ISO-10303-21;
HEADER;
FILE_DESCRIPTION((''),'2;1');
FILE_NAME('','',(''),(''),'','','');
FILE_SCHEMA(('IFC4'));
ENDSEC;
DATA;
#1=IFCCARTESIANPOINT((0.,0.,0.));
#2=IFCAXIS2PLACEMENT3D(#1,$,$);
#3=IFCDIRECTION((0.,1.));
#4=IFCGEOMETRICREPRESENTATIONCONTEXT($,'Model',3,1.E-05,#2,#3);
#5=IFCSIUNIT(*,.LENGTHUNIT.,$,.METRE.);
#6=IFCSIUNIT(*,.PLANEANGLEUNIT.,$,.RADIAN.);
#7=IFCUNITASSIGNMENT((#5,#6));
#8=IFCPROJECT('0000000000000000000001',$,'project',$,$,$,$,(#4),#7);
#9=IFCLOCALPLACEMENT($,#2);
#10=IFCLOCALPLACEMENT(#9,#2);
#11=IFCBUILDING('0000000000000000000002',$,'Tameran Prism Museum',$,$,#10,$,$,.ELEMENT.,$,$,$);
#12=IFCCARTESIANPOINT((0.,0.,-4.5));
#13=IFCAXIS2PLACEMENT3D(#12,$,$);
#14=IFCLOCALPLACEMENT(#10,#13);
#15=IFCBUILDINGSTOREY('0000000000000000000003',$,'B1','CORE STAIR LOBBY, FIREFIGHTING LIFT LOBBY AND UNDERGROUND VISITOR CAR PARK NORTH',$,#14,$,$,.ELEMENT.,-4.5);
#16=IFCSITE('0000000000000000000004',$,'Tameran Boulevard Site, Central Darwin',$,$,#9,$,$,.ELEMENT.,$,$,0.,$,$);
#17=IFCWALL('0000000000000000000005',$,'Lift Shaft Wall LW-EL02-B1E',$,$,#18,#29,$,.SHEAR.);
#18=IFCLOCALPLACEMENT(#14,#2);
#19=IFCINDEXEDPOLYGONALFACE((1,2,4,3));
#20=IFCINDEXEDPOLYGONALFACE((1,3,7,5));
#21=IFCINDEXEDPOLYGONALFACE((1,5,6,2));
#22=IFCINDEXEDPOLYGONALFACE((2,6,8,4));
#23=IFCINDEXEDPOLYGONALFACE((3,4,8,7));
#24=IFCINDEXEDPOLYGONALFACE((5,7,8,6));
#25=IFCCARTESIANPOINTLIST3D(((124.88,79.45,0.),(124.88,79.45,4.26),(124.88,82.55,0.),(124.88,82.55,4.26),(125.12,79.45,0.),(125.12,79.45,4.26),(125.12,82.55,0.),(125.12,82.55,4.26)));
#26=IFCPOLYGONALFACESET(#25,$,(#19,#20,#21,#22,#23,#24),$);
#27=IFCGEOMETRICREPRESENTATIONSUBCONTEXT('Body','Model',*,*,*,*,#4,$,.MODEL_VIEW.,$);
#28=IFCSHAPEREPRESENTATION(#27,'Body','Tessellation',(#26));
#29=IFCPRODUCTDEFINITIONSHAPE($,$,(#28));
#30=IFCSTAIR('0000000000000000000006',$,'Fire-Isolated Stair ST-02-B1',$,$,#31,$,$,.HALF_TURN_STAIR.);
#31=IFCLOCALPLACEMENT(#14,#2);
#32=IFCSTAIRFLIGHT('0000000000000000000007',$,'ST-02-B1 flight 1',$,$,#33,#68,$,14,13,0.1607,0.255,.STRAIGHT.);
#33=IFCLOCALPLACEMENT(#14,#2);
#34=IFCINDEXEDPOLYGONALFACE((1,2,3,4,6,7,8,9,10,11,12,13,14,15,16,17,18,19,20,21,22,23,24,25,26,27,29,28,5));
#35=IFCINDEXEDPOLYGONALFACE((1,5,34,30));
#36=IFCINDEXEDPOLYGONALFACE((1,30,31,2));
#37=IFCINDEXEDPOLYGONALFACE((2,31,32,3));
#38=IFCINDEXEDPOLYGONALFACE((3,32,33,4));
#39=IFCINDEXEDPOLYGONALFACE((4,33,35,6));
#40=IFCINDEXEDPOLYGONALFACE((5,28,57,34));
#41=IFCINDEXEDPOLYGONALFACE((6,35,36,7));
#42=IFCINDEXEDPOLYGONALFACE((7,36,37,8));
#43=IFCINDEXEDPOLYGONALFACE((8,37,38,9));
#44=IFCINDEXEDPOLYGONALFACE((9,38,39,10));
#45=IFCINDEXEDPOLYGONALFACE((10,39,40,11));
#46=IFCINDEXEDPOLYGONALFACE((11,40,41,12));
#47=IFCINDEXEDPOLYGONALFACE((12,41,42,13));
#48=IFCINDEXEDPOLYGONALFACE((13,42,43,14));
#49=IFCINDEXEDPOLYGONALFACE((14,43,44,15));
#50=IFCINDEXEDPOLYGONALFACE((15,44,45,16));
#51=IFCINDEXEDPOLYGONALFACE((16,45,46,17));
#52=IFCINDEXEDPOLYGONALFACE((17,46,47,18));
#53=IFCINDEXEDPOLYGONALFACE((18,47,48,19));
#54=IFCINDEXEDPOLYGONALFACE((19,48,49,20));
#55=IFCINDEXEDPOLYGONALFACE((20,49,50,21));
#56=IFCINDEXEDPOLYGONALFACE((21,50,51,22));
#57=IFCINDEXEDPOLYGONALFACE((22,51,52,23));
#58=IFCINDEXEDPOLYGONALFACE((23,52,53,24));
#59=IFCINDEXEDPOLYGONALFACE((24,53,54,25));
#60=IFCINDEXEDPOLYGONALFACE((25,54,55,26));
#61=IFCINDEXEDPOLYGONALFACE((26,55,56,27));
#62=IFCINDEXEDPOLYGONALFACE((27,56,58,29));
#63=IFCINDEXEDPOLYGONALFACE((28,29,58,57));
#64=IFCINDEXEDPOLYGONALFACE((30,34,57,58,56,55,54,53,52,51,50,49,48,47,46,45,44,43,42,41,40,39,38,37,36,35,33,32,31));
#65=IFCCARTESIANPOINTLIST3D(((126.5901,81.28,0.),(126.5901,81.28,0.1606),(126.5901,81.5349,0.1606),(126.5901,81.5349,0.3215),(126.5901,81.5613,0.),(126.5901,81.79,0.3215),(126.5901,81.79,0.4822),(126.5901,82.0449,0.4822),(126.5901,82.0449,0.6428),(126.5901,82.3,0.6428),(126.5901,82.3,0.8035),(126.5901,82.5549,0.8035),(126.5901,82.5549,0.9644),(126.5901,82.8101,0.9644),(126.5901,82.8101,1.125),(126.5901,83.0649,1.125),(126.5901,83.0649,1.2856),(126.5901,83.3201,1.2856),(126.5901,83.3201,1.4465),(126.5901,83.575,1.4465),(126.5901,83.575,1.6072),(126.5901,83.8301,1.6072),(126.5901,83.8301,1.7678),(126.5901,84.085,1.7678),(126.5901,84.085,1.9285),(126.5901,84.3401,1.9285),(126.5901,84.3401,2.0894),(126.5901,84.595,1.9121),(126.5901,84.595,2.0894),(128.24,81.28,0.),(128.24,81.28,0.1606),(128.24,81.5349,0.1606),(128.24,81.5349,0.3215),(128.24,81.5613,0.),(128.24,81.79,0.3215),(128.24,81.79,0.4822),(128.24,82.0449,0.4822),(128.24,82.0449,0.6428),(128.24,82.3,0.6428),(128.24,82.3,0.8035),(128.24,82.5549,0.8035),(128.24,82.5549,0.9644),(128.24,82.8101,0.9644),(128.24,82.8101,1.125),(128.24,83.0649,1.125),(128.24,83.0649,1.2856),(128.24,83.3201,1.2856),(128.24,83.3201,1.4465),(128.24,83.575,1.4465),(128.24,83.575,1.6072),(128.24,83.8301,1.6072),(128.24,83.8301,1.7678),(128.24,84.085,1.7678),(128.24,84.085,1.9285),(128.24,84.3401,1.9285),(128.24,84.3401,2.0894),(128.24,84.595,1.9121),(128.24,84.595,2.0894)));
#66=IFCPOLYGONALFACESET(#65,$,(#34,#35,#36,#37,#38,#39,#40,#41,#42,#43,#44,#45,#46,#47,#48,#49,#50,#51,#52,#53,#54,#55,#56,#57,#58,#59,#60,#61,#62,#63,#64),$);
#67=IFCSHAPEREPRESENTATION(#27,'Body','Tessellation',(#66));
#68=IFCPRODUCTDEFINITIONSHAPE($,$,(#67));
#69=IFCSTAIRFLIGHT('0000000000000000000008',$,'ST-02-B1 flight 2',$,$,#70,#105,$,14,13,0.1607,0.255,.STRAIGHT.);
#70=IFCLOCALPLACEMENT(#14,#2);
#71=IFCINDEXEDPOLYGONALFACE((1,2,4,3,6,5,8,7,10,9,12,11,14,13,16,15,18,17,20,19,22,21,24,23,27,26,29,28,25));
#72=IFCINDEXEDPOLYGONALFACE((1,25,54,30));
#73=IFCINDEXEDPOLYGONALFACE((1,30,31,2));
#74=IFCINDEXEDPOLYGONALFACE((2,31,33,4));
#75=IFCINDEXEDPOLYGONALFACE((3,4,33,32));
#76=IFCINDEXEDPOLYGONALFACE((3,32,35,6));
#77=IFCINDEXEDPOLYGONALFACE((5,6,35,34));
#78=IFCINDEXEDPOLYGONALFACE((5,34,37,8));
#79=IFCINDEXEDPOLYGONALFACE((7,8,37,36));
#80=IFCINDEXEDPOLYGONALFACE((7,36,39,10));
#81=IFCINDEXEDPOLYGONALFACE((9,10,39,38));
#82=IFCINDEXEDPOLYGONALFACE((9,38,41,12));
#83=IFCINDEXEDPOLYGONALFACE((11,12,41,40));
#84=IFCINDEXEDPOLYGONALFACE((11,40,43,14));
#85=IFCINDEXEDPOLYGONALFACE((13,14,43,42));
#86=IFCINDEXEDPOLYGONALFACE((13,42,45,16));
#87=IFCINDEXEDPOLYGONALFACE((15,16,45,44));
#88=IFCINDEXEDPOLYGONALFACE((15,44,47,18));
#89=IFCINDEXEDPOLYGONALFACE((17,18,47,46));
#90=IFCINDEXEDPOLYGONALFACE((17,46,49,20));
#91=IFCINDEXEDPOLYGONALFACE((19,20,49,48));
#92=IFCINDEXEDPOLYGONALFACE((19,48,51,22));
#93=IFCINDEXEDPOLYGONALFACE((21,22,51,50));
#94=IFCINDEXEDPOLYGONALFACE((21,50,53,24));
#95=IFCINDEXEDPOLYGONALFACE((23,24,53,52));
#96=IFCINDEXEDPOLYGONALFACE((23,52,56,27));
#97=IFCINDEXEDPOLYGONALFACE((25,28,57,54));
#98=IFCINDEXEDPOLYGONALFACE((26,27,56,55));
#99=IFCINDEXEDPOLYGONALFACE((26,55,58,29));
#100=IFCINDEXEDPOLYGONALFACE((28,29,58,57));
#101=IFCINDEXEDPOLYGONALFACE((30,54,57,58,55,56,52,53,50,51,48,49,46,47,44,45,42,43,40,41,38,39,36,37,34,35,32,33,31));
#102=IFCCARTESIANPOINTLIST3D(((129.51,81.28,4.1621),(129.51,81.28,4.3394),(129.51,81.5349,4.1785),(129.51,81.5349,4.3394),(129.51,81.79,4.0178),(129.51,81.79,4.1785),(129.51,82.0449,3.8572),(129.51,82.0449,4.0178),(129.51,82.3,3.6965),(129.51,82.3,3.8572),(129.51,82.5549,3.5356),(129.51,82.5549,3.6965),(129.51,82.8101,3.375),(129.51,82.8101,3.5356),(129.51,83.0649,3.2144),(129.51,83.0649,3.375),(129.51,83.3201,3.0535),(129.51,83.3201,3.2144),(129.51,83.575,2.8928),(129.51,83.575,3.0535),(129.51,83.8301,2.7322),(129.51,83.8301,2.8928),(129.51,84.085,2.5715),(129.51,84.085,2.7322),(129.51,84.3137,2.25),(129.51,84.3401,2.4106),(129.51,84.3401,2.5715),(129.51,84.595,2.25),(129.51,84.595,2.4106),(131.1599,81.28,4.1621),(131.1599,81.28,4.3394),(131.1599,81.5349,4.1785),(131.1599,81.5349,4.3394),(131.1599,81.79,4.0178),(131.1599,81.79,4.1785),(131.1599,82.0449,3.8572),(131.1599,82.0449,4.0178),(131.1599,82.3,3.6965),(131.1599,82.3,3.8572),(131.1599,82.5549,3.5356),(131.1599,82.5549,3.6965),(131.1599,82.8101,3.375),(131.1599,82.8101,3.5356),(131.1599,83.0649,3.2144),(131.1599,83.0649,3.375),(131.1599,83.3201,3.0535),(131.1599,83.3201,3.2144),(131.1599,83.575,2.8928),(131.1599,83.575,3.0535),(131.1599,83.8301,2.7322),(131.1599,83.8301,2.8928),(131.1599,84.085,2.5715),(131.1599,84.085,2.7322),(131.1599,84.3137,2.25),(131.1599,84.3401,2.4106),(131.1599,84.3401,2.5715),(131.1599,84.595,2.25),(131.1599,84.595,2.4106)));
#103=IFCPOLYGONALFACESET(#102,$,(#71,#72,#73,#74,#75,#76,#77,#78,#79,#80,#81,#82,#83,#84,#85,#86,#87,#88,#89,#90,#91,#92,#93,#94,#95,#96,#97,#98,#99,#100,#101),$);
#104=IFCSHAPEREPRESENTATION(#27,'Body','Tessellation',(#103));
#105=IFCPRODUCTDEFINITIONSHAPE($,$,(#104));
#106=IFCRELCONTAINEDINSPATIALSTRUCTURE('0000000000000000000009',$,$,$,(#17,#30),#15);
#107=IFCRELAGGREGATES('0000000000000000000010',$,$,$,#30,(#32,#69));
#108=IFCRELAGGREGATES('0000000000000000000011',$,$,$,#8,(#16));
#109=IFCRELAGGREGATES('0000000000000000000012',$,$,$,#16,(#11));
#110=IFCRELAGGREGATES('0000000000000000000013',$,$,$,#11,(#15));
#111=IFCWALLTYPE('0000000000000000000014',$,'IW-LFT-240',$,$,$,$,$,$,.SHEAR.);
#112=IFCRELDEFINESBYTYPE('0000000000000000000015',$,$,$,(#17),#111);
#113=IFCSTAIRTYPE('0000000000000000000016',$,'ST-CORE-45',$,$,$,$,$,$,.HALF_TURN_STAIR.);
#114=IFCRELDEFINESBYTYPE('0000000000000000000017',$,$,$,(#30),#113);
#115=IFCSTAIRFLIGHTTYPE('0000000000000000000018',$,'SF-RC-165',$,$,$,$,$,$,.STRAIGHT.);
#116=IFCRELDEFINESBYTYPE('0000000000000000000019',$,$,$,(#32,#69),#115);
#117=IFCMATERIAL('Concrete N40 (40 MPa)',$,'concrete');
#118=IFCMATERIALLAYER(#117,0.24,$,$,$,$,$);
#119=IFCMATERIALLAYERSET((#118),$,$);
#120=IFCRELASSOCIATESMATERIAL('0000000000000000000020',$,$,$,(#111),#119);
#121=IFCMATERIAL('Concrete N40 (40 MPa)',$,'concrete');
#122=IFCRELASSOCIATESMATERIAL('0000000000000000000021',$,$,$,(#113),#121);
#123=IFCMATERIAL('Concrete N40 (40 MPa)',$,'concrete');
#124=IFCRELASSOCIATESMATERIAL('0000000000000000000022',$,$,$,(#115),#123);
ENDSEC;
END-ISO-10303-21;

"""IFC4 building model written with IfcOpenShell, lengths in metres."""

from ifc_helpers import new_model, si_unit, direction, frame, frame_2d, origin, place, context, subcontext, project, spatial, polyline, rectangle, outline, extrude, material, layer, layer_set, type_object, element, aggregate, save


model = new_model("IFC4")

# Units and contexts
model_context = context("Model", 3, precision=1e-05, world=origin(), true_north=direction((0.0, 1.0)))
body_context = subcontext(model_context, "Body", "Model", "MODEL_VIEW")
ifc_project = project(units=[si_unit("LENGTHUNIT", "METRE"), si_unit("PLANEANGLEUNIT", "RADIAN")], contexts=[model_context])

# Site, building, storey
site_placement = place(None, origin())
site = spatial("IfcSite", under=ifc_project, at=site_placement, Name="Tameran Boulevard Site, Central Darwin", CompositionType="ELEMENT", RefElevation=0.0)
building_placement = place(site_placement, origin())
building = spatial("IfcBuilding", under=site, at=building_placement, Name="Tameran Prism Museum", CompositionType="ELEMENT")
storey_placement = place(building_placement, frame((0.0, 0.0, -4.5)))
storey = spatial("IfcBuildingStorey", under=building, at=storey_placement, Name="B1", Description="CORE STAIR LOBBY, FIREFIGHTING LIFT LOBBY AND UNDERGROUND VISITOR CAR PARK NORTH", CompositionType="ELEMENT", Elevation=-4.5)

# Wall
ifc_material_1 = material(Name="Concrete N40 (40 MPa)", Category="concrete")
ifc_layer_1 = layer(ifc_material_1, 0.24)
ifc_layer_set_1 = layer_set([ifc_layer_1])
wall_type_1 = type_object("IfcWallType", Name="IW-LFT-240", PredefinedType="SHEAR", material=ifc_layer_set_1)
wall_1_placement = place(storey_placement, frame((125.0, 82.55, 0.0), z_axis=(0.0, 0.0, 1.0), x_axis=(0.0, -1.0, 0.0)))
element("IfcWall", 1, at=wall_1_placement, inside=storey, type_object=wall_type_1, Name="Lift Shaft Wall LW-EL02-B1E", PredefinedType="SHEAR", context=body_context, shape_type="SweptSolid", body=[
    extrude(rectangle(XDim=3.1001, YDim=0.24, at=frame_2d((1.55, 0.0))), origin(), (0.0, 0.0, 1.0), 4.26),
])

# Stair, stair flights
ifc_material_2 = material(Name="Concrete N40 (40 MPa)", Category="concrete")
stair_type = type_object("IfcStairType", Name="ST-CORE-45", PredefinedType="HALF_TURN_STAIR", material=ifc_material_2)
stair_placement = place(storey_placement, origin())
stair = element("IfcStair", 2, at=stair_placement, inside=storey, type_object=stair_type, Name="Fire-Isolated Stair ST-02-B1", PredefinedType="HALF_TURN_STAIR")
ifc_material_3 = material(Name="Concrete N40 (40 MPa)", Category="concrete")
stair_flight_type = type_object("IfcStairFlightType", Name="SF-RC-165", PredefinedType="STRAIGHT", material=ifc_material_3)
stair_flight_1_placement = place(storey_placement, frame((127.415, 81.28, 0.0), z_axis=(0.0, 0.0, 1.0), x_axis=(0.0, 1.0, 0.0)))
stair_flight_1 = element("IfcStairFlight", 3, at=stair_flight_1_placement, type_object=stair_flight_type, Name="ST-02-B1 flight 1", NumberOfRisers=14, NumberOfTreads=13, PredefinedType="STRAIGHT", RiserHeight=0.1607, TreadLength=0.255, context=body_context, shape_type="SweptSolid", body=[
    extrude(outline(polyline([(0.0, 0.0), (0.0, 0.1606), (0.2549, 0.1606), (0.2549, 0.3215), (0.51, 0.3215), (0.51, 0.4822), (0.7649, 0.4822), (0.7649, 0.6428), (1.02, 0.6428), (1.02, 0.8035), (1.2749, 0.8035), (1.2749, 0.9644), (1.53, 0.9644), (1.53, 1.125), (1.7849, 1.125), (1.7849, 1.2856), (2.04, 1.2856), (2.04, 1.4465), (2.2949, 1.4465), (2.2949, 1.6072), (2.55, 1.6072), (2.55, 1.7678), (2.8049, 1.7678), (2.8049, 1.9285), (3.0601, 1.9285), (3.0601, 2.0894), (3.3149, 2.0894), (3.3149, 2.25), (3.3149, 1.9121), (0.2812, 0.0), (0.0, 0.0)])), frame((0.0, 0.825, 0.0), z_axis=(0.0, -1.0, 0.0), x_axis=(1.0, 0.0, 0.0)), (0.0, 0.0, 1.0), 1.6499),
])
stair_flight_2_placement = place(storey_placement, frame((130.335, 84.595, 2.25), z_axis=(0.0, 0.0, 1.0), x_axis=(0.0, -1.0, 0.0)))
stair_flight_2 = element("IfcStairFlight", 4, at=stair_flight_2_placement, type_object=stair_flight_type, Name="ST-02-B1 flight 2", NumberOfRisers=14, NumberOfTreads=13, PredefinedType="STRAIGHT", RiserHeight=0.1607, TreadLength=0.255, context=body_context, shape_type="SweptSolid", body=[
    extrude(outline(polyline([(0.0, 0.0), (0.0, 0.1606), (0.2549, 0.1606), (0.2549, 0.3215), (0.51, 0.3215), (0.51, 0.4822), (0.7649, 0.4822), (0.7649, 0.6428), (1.02, 0.6428), (1.02, 0.8035), (1.2749, 0.8035), (1.2749, 0.9644), (1.53, 0.9644), (1.53, 1.125), (1.7849, 1.125), (1.7849, 1.2856), (2.04, 1.2856), (2.04, 1.4465), (2.2949, 1.4465), (2.2949, 1.6072), (2.55, 1.6072), (2.55, 1.7678), (2.8049, 1.7678), (2.8049, 1.9285), (3.0601, 1.9285), (3.0601, 2.0894), (3.3149, 2.0894), (3.3149, 2.25), (3.3149, 1.9121), (0.2812, 0.0), (0.0, 0.0)])), frame((0.0, 0.825, 0.0), z_axis=(0.0, -1.0, 0.0), x_axis=(1.0, 0.0, 0.0)), (0.0, 0.0, 1.0), 1.6499),
])
aggregate(stair, [stair_flight_1, stair_flight_2])

save(model, "model.ifc")
